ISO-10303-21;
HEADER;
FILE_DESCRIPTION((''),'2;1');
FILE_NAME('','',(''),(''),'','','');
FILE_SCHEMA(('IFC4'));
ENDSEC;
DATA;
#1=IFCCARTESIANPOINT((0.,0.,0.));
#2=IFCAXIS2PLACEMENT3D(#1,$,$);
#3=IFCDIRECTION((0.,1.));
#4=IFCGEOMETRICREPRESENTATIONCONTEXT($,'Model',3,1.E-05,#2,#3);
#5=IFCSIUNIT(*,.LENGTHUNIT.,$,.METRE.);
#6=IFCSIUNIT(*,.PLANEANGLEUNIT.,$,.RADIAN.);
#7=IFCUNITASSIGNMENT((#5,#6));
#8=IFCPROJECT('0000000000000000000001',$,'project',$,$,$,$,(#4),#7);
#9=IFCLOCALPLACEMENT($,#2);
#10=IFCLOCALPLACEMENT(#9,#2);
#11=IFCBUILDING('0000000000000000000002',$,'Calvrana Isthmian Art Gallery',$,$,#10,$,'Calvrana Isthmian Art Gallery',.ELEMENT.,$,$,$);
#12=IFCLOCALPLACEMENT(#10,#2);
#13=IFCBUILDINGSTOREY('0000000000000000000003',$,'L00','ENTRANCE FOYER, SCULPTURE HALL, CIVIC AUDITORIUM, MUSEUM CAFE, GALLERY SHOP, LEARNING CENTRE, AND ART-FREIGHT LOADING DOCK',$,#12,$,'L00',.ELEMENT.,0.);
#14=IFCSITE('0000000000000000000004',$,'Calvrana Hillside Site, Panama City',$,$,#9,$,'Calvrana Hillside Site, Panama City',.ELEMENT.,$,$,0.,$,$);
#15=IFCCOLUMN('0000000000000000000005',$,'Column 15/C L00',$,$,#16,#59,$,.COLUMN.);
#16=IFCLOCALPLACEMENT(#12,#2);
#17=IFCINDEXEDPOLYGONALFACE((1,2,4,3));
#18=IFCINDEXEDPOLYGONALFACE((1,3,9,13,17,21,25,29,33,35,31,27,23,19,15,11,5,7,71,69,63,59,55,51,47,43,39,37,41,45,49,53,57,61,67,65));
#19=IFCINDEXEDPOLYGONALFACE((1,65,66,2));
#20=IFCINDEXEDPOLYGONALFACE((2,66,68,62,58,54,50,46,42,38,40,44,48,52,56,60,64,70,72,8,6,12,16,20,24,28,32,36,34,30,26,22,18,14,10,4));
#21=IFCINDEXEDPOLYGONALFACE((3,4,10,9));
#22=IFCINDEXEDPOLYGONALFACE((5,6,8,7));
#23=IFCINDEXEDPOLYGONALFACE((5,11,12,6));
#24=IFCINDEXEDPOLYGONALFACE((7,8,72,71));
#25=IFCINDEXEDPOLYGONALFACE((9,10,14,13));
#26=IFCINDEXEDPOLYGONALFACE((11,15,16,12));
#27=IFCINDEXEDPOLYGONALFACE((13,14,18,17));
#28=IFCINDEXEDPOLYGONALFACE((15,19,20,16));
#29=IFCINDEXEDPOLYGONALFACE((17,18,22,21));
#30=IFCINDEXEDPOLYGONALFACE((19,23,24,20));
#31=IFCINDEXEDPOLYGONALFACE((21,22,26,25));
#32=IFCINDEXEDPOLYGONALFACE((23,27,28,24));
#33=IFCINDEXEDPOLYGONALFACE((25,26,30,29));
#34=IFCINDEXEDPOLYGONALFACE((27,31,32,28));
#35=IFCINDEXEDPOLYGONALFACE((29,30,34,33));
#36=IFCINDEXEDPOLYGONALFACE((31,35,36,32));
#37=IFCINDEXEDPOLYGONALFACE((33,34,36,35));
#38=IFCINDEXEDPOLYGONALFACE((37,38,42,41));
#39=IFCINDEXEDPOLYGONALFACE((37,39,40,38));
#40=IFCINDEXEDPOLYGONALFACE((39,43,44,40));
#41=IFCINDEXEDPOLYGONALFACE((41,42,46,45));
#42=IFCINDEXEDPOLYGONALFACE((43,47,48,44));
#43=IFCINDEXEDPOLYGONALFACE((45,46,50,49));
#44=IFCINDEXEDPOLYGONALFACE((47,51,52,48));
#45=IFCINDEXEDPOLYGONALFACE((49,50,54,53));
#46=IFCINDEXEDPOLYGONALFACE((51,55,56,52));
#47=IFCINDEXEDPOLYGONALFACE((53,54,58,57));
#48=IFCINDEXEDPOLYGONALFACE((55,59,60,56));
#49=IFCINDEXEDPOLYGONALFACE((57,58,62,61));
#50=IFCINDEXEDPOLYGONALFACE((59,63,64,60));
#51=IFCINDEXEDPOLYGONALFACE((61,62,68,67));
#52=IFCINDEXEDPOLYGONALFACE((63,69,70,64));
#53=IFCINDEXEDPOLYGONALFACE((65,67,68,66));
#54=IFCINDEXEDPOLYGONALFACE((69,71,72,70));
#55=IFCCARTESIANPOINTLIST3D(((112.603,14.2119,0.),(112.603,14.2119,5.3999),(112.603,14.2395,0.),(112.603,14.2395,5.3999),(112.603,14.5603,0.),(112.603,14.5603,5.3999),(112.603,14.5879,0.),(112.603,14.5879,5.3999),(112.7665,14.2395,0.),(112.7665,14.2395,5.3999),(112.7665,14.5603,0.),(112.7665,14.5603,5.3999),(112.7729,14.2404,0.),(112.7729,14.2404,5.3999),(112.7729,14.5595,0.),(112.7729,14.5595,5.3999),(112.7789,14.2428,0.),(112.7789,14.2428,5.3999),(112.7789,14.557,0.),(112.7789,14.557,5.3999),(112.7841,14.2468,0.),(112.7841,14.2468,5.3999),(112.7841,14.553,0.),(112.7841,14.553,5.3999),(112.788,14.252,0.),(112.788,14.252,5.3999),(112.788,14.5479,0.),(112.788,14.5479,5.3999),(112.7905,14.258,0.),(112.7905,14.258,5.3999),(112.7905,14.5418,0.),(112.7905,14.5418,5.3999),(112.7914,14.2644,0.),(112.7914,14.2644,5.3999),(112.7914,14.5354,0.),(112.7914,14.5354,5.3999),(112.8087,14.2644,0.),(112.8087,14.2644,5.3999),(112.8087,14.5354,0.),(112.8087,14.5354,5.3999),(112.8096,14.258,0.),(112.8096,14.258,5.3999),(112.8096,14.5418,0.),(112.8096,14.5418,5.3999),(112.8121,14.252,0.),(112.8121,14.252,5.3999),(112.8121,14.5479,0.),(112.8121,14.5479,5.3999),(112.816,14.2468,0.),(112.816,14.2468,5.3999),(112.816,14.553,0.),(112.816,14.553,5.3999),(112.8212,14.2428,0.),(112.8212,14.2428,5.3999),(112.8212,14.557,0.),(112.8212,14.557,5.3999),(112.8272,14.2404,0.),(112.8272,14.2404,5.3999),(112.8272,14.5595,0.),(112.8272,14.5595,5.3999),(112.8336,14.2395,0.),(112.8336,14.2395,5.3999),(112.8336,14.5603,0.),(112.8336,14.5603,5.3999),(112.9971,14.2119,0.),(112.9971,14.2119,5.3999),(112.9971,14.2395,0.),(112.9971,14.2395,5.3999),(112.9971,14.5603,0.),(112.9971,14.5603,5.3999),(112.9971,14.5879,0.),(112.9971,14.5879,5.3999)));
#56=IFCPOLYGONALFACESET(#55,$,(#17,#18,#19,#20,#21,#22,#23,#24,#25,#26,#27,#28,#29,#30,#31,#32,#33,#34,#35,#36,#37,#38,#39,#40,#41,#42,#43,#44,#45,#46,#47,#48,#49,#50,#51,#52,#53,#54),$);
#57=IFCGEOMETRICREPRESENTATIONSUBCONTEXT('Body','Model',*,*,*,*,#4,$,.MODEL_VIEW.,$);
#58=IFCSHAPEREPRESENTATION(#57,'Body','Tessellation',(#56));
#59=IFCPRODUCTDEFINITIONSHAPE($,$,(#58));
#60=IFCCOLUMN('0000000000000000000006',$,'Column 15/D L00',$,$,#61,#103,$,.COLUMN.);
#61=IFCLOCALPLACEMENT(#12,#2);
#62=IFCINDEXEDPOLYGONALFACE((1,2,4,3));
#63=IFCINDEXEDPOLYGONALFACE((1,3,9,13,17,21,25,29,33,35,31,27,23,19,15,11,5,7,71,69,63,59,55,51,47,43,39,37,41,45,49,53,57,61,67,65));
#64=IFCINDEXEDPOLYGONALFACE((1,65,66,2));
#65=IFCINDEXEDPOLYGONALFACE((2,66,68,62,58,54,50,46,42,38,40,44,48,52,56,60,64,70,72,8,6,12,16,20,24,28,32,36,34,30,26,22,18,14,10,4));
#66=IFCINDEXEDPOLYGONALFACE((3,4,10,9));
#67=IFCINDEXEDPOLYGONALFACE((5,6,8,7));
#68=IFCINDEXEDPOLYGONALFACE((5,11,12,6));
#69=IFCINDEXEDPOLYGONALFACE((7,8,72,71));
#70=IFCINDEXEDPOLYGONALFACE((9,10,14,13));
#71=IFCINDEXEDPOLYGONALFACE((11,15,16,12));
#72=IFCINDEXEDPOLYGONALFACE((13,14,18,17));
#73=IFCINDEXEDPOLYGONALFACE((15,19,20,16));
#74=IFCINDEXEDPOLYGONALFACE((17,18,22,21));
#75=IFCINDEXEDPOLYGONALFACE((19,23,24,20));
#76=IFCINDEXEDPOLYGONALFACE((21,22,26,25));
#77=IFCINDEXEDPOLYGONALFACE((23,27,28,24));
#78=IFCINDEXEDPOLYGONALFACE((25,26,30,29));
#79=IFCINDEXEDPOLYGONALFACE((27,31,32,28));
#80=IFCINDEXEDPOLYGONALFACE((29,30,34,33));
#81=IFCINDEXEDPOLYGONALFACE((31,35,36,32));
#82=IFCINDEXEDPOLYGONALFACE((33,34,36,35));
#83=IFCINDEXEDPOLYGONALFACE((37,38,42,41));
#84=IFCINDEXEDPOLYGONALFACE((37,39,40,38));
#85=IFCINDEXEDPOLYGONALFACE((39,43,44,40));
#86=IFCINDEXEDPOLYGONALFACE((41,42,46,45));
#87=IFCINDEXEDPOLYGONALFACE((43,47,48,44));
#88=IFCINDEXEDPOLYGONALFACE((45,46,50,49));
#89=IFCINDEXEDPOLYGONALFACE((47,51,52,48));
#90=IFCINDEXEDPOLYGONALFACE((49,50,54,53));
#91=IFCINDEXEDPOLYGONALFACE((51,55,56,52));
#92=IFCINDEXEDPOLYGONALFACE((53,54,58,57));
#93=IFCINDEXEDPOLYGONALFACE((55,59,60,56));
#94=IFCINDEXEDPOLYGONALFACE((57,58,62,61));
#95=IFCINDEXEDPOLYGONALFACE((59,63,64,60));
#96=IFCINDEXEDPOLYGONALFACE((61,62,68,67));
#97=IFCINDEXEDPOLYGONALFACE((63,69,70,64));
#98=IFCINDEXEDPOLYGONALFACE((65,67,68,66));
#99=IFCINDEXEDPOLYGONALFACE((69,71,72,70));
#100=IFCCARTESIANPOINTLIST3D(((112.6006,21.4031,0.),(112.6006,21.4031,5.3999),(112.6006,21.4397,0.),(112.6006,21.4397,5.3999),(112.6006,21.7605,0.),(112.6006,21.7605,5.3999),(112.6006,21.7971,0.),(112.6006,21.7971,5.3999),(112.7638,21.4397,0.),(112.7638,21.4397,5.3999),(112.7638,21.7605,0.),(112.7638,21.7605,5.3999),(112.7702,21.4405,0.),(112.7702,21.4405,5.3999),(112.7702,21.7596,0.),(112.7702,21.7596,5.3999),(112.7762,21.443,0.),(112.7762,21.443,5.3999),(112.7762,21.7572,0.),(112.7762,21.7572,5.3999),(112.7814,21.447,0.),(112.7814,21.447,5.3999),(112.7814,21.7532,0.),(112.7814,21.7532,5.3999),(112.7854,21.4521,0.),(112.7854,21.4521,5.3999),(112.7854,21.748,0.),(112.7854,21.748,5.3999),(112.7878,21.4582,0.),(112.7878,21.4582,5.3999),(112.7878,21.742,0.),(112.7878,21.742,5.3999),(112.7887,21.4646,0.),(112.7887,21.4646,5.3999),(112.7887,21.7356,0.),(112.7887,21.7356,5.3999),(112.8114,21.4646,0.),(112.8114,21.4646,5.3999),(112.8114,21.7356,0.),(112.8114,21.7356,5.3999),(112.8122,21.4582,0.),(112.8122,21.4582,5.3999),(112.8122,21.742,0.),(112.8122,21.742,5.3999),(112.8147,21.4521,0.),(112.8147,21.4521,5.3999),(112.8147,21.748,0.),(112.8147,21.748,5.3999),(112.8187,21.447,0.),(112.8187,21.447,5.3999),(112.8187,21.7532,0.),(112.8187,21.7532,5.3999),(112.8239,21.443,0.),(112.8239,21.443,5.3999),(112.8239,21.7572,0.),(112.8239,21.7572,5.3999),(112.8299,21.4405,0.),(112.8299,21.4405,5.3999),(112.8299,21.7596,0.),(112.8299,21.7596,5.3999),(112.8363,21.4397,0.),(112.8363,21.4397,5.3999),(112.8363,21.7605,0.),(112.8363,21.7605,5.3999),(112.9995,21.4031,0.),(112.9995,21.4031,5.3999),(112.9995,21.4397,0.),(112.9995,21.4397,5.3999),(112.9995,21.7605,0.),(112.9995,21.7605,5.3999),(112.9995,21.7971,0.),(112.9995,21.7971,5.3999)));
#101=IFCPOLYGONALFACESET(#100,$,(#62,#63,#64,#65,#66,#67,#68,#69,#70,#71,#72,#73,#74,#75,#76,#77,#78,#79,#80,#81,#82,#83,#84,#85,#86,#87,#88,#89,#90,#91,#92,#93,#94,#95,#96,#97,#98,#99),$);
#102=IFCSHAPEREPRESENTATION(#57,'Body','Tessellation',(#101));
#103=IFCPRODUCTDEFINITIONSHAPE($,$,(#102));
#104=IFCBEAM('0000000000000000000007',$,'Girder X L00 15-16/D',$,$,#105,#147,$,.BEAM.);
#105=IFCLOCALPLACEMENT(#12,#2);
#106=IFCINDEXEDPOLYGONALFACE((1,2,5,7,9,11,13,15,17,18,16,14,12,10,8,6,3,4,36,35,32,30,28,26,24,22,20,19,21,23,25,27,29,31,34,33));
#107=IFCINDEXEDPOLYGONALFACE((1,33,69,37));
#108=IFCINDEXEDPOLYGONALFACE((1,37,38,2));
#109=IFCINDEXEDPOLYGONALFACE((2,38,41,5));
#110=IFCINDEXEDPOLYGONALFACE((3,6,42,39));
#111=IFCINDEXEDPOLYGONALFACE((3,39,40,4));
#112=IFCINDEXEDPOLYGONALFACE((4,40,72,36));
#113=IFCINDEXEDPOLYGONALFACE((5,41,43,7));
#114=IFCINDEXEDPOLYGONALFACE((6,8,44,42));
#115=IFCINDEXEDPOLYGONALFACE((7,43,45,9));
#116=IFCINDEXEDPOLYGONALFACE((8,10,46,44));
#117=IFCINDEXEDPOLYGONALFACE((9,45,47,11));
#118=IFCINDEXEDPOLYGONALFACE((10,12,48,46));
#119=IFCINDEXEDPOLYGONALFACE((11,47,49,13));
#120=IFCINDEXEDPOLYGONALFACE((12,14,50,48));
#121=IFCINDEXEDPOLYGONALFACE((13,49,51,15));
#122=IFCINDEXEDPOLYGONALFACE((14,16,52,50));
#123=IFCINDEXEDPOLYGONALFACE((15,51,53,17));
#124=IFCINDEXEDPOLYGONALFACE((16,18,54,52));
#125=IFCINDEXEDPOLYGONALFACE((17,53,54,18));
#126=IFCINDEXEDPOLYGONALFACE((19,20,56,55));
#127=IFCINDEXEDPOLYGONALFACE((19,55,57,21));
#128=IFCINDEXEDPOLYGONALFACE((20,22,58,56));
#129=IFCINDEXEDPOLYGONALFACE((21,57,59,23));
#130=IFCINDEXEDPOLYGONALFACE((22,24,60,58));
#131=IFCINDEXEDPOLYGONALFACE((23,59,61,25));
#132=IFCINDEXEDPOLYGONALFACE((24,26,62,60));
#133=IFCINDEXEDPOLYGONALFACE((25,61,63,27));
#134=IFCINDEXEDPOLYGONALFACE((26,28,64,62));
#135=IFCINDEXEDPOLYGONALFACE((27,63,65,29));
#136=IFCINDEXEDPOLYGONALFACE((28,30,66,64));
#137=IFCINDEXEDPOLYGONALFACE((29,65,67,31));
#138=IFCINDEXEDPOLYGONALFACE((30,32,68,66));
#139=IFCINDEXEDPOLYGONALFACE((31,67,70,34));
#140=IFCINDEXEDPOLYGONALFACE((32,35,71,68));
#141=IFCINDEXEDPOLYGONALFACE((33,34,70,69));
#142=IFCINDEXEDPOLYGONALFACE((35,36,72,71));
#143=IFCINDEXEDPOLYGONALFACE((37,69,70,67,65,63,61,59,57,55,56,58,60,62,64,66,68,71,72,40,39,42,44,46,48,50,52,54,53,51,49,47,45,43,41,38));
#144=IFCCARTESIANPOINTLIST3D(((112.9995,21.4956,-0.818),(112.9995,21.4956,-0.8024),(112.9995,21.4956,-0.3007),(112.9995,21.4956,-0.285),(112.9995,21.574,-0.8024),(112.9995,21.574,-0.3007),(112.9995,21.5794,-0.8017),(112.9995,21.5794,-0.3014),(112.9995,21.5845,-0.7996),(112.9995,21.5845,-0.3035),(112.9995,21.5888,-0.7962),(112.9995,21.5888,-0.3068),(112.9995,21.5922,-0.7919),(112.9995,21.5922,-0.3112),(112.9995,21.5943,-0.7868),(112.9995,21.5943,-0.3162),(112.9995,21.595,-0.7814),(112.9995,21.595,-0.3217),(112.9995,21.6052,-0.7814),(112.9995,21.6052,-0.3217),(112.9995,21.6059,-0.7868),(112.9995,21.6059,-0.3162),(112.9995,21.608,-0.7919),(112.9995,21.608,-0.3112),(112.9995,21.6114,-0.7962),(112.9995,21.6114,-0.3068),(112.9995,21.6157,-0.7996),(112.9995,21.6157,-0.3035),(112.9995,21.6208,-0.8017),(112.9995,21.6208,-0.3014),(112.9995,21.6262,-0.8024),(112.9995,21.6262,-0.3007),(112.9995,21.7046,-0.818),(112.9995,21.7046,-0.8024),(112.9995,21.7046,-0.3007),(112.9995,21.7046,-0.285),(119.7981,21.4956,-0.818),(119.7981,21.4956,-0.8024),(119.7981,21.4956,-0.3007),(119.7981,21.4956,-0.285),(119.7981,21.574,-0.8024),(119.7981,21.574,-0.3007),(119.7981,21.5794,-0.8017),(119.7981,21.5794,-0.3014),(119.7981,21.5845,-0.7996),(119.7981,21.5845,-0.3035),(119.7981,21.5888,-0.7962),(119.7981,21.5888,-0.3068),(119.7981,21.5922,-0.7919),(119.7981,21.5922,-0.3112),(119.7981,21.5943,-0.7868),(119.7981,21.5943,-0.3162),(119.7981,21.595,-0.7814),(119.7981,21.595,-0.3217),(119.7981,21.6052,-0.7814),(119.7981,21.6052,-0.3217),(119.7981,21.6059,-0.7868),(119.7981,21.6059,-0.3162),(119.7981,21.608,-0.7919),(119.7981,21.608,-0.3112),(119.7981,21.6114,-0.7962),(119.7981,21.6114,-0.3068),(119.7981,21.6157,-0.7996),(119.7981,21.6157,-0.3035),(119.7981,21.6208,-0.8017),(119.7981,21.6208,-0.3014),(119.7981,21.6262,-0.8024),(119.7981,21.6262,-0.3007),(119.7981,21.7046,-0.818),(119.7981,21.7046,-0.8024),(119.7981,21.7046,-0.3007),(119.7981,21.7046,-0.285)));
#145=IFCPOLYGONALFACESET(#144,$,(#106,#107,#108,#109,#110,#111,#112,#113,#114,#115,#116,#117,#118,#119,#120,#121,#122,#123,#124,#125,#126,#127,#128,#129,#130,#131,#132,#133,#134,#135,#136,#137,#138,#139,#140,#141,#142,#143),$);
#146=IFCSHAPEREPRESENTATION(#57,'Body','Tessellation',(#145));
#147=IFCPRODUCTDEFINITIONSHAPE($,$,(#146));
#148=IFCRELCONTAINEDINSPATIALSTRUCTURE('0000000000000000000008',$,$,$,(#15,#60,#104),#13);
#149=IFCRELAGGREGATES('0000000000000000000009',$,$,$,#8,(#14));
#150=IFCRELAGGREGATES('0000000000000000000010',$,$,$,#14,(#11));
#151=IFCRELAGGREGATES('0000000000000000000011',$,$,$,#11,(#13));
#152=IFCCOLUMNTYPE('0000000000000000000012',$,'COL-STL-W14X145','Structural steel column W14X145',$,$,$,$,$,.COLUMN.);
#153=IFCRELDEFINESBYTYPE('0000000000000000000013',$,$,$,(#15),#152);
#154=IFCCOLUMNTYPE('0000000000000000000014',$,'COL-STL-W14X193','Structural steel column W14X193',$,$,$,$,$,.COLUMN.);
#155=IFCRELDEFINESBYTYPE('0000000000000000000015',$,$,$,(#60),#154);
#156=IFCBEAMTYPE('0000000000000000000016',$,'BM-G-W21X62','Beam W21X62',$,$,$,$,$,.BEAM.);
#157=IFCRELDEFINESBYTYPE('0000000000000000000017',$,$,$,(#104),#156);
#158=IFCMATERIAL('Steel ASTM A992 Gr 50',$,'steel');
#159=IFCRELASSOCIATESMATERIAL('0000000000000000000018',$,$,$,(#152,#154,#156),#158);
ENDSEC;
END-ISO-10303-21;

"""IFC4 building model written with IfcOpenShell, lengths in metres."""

from ifc_helpers import new_model, si_unit, direction, frame, origin, origin_2d, place, context, subcontext, project, spatial, i_section, extrude, material, material_profile, profile_set, type_object, element, save


model = new_model("IFC4")

# Units and contexts
model_context = context("Model", 3, precision=1e-05, world=origin(), true_north=direction((0.0, 1.0)))
body_context = subcontext(model_context, "Body", "Model", "MODEL_VIEW")
ifc_project = project(units=[si_unit("LENGTHUNIT", "METRE"), si_unit("PLANEANGLEUNIT", "RADIAN")], contexts=[model_context])

# Site, building, storey
site_placement = place(None, origin())
site = spatial("IfcSite", under=ifc_project, at=site_placement, Name="Calvrana Hillside Site, Panama City", LongName="Calvrana Hillside Site, Panama City", CompositionType="ELEMENT", RefElevation=0.0)
building_placement = place(site_placement, origin())
building = spatial("IfcBuilding", under=site, at=building_placement, Name="Calvrana Isthmian Art Gallery", LongName="Calvrana Isthmian Art Gallery", CompositionType="ELEMENT")
storey_placement = place(building_placement, origin())
storey = spatial("IfcBuildingStorey", under=building, at=storey_placement, Name="L00", Description="ENTRANCE FOYER, SCULPTURE HALL, CIVIC AUDITORIUM, MUSEUM CAFE, GALLERY SHOP, LEARNING CENTRE, AND ART-FREIGHT LOADING DOCK", LongName="L00", CompositionType="ELEMENT", Elevation=0.0)

# Columns
ifc_material_1 = material(Name="Steel ASTM A992 Gr 50", Category="steel")
ifc_material_profile_1 = material_profile(ifc_material_1, i_section(OverallWidth=0.394, OverallDepth=0.376, WebThickness=0.0173, FlangeThickness=0.0276, FilletRadius=0.0249, at=origin_2d()), Name="W14X145")
ifc_profile_set_1 = profile_set([ifc_material_profile_1], Name="Steel ASTM A992 Gr 50")
column_type_1 = type_object("IfcColumnType", Name="COL-STL-W14X145", Description="Structural steel column W14X145", PredefinedType="COLUMN", material=ifc_profile_set_1)
column_1_placement = place(storey_placement, frame((112.8, 14.3999, 0.0), z_axis=(0.0, 0.0, 1.0), x_axis=(1.0, 0.0, 0.0)))
element("IfcColumn", 1, at=column_1_placement, inside=storey, type_object=column_type_1, Name="Column 15/C L00", PredefinedType="COLUMN", context=body_context, shape_type="SweptSolid", body=[
    extrude(i_section(OverallWidth=0.394, OverallDepth=0.376, WebThickness=0.0173, FlangeThickness=0.0276, FilletRadius=0.0249, at=origin_2d()), origin(), (0.0, 0.0, 1.0), 5.3999),
])
ifc_material_profile_2 = material_profile(ifc_material_1, i_section(OverallWidth=0.3989, OverallDepth=0.394, WebThickness=0.0227, FlangeThickness=0.0366, FilletRadius=0.0249, at=origin_2d()), Name="W14X193")
ifc_profile_set_2 = profile_set([ifc_material_profile_2], Name="Steel ASTM A992 Gr 50")
column_type_2 = type_object("IfcColumnType", Name="COL-STL-W14X193", Description="Structural steel column W14X193", PredefinedType="COLUMN", material=ifc_profile_set_2)
column_2_placement = place(storey_placement, frame((112.8, 21.6001, 0.0), z_axis=(0.0, 0.0, 1.0), x_axis=(1.0, 0.0, 0.0)))
element("IfcColumn", 2, at=column_2_placement, inside=storey, type_object=column_type_2, Name="Column 15/D L00", PredefinedType="COLUMN", context=body_context, shape_type="SweptSolid", body=[
    extrude(i_section(OverallWidth=0.3989, OverallDepth=0.394, WebThickness=0.0227, FlangeThickness=0.0366, FilletRadius=0.0249, at=origin_2d()), origin(), (0.0, 0.0, 1.0), 5.3999),
])

# Beam
ifc_material_profile_3 = material_profile(ifc_material_1, i_section(OverallWidth=0.209, OverallDepth=0.533, WebThickness=0.0103, FlangeThickness=0.0156, FilletRadius=0.021, at=origin_2d()), Name="W21X62")
ifc_profile_set_3 = profile_set([ifc_material_profile_3], Name="Steel ASTM A992 Gr 50")
beam_type_1 = type_object("IfcBeamType", Name="BM-G-W21X62", Description="Beam W21X62", PredefinedType="BEAM", material=ifc_profile_set_3)
beam_1_placement = place(storey_placement, frame((112.9995, 21.6001, -0.5515), z_axis=(1.0, 0.0, 0.0), x_axis=(0.0, 1.0, 0.0)))
element("IfcBeam", 3, at=beam_1_placement, inside=storey, type_object=beam_type_1, Name="Girder X L00 15-16/D", PredefinedType="BEAM", context=body_context, shape_type="SweptSolid", body=[
    extrude(i_section(OverallWidth=0.209, OverallDepth=0.533, WebThickness=0.0103, FlangeThickness=0.0156, FilletRadius=0.021, at=origin_2d()), origin(), (0.0, 0.0, 1.0), 6.7986),
])

save(model, "model.ifc")
